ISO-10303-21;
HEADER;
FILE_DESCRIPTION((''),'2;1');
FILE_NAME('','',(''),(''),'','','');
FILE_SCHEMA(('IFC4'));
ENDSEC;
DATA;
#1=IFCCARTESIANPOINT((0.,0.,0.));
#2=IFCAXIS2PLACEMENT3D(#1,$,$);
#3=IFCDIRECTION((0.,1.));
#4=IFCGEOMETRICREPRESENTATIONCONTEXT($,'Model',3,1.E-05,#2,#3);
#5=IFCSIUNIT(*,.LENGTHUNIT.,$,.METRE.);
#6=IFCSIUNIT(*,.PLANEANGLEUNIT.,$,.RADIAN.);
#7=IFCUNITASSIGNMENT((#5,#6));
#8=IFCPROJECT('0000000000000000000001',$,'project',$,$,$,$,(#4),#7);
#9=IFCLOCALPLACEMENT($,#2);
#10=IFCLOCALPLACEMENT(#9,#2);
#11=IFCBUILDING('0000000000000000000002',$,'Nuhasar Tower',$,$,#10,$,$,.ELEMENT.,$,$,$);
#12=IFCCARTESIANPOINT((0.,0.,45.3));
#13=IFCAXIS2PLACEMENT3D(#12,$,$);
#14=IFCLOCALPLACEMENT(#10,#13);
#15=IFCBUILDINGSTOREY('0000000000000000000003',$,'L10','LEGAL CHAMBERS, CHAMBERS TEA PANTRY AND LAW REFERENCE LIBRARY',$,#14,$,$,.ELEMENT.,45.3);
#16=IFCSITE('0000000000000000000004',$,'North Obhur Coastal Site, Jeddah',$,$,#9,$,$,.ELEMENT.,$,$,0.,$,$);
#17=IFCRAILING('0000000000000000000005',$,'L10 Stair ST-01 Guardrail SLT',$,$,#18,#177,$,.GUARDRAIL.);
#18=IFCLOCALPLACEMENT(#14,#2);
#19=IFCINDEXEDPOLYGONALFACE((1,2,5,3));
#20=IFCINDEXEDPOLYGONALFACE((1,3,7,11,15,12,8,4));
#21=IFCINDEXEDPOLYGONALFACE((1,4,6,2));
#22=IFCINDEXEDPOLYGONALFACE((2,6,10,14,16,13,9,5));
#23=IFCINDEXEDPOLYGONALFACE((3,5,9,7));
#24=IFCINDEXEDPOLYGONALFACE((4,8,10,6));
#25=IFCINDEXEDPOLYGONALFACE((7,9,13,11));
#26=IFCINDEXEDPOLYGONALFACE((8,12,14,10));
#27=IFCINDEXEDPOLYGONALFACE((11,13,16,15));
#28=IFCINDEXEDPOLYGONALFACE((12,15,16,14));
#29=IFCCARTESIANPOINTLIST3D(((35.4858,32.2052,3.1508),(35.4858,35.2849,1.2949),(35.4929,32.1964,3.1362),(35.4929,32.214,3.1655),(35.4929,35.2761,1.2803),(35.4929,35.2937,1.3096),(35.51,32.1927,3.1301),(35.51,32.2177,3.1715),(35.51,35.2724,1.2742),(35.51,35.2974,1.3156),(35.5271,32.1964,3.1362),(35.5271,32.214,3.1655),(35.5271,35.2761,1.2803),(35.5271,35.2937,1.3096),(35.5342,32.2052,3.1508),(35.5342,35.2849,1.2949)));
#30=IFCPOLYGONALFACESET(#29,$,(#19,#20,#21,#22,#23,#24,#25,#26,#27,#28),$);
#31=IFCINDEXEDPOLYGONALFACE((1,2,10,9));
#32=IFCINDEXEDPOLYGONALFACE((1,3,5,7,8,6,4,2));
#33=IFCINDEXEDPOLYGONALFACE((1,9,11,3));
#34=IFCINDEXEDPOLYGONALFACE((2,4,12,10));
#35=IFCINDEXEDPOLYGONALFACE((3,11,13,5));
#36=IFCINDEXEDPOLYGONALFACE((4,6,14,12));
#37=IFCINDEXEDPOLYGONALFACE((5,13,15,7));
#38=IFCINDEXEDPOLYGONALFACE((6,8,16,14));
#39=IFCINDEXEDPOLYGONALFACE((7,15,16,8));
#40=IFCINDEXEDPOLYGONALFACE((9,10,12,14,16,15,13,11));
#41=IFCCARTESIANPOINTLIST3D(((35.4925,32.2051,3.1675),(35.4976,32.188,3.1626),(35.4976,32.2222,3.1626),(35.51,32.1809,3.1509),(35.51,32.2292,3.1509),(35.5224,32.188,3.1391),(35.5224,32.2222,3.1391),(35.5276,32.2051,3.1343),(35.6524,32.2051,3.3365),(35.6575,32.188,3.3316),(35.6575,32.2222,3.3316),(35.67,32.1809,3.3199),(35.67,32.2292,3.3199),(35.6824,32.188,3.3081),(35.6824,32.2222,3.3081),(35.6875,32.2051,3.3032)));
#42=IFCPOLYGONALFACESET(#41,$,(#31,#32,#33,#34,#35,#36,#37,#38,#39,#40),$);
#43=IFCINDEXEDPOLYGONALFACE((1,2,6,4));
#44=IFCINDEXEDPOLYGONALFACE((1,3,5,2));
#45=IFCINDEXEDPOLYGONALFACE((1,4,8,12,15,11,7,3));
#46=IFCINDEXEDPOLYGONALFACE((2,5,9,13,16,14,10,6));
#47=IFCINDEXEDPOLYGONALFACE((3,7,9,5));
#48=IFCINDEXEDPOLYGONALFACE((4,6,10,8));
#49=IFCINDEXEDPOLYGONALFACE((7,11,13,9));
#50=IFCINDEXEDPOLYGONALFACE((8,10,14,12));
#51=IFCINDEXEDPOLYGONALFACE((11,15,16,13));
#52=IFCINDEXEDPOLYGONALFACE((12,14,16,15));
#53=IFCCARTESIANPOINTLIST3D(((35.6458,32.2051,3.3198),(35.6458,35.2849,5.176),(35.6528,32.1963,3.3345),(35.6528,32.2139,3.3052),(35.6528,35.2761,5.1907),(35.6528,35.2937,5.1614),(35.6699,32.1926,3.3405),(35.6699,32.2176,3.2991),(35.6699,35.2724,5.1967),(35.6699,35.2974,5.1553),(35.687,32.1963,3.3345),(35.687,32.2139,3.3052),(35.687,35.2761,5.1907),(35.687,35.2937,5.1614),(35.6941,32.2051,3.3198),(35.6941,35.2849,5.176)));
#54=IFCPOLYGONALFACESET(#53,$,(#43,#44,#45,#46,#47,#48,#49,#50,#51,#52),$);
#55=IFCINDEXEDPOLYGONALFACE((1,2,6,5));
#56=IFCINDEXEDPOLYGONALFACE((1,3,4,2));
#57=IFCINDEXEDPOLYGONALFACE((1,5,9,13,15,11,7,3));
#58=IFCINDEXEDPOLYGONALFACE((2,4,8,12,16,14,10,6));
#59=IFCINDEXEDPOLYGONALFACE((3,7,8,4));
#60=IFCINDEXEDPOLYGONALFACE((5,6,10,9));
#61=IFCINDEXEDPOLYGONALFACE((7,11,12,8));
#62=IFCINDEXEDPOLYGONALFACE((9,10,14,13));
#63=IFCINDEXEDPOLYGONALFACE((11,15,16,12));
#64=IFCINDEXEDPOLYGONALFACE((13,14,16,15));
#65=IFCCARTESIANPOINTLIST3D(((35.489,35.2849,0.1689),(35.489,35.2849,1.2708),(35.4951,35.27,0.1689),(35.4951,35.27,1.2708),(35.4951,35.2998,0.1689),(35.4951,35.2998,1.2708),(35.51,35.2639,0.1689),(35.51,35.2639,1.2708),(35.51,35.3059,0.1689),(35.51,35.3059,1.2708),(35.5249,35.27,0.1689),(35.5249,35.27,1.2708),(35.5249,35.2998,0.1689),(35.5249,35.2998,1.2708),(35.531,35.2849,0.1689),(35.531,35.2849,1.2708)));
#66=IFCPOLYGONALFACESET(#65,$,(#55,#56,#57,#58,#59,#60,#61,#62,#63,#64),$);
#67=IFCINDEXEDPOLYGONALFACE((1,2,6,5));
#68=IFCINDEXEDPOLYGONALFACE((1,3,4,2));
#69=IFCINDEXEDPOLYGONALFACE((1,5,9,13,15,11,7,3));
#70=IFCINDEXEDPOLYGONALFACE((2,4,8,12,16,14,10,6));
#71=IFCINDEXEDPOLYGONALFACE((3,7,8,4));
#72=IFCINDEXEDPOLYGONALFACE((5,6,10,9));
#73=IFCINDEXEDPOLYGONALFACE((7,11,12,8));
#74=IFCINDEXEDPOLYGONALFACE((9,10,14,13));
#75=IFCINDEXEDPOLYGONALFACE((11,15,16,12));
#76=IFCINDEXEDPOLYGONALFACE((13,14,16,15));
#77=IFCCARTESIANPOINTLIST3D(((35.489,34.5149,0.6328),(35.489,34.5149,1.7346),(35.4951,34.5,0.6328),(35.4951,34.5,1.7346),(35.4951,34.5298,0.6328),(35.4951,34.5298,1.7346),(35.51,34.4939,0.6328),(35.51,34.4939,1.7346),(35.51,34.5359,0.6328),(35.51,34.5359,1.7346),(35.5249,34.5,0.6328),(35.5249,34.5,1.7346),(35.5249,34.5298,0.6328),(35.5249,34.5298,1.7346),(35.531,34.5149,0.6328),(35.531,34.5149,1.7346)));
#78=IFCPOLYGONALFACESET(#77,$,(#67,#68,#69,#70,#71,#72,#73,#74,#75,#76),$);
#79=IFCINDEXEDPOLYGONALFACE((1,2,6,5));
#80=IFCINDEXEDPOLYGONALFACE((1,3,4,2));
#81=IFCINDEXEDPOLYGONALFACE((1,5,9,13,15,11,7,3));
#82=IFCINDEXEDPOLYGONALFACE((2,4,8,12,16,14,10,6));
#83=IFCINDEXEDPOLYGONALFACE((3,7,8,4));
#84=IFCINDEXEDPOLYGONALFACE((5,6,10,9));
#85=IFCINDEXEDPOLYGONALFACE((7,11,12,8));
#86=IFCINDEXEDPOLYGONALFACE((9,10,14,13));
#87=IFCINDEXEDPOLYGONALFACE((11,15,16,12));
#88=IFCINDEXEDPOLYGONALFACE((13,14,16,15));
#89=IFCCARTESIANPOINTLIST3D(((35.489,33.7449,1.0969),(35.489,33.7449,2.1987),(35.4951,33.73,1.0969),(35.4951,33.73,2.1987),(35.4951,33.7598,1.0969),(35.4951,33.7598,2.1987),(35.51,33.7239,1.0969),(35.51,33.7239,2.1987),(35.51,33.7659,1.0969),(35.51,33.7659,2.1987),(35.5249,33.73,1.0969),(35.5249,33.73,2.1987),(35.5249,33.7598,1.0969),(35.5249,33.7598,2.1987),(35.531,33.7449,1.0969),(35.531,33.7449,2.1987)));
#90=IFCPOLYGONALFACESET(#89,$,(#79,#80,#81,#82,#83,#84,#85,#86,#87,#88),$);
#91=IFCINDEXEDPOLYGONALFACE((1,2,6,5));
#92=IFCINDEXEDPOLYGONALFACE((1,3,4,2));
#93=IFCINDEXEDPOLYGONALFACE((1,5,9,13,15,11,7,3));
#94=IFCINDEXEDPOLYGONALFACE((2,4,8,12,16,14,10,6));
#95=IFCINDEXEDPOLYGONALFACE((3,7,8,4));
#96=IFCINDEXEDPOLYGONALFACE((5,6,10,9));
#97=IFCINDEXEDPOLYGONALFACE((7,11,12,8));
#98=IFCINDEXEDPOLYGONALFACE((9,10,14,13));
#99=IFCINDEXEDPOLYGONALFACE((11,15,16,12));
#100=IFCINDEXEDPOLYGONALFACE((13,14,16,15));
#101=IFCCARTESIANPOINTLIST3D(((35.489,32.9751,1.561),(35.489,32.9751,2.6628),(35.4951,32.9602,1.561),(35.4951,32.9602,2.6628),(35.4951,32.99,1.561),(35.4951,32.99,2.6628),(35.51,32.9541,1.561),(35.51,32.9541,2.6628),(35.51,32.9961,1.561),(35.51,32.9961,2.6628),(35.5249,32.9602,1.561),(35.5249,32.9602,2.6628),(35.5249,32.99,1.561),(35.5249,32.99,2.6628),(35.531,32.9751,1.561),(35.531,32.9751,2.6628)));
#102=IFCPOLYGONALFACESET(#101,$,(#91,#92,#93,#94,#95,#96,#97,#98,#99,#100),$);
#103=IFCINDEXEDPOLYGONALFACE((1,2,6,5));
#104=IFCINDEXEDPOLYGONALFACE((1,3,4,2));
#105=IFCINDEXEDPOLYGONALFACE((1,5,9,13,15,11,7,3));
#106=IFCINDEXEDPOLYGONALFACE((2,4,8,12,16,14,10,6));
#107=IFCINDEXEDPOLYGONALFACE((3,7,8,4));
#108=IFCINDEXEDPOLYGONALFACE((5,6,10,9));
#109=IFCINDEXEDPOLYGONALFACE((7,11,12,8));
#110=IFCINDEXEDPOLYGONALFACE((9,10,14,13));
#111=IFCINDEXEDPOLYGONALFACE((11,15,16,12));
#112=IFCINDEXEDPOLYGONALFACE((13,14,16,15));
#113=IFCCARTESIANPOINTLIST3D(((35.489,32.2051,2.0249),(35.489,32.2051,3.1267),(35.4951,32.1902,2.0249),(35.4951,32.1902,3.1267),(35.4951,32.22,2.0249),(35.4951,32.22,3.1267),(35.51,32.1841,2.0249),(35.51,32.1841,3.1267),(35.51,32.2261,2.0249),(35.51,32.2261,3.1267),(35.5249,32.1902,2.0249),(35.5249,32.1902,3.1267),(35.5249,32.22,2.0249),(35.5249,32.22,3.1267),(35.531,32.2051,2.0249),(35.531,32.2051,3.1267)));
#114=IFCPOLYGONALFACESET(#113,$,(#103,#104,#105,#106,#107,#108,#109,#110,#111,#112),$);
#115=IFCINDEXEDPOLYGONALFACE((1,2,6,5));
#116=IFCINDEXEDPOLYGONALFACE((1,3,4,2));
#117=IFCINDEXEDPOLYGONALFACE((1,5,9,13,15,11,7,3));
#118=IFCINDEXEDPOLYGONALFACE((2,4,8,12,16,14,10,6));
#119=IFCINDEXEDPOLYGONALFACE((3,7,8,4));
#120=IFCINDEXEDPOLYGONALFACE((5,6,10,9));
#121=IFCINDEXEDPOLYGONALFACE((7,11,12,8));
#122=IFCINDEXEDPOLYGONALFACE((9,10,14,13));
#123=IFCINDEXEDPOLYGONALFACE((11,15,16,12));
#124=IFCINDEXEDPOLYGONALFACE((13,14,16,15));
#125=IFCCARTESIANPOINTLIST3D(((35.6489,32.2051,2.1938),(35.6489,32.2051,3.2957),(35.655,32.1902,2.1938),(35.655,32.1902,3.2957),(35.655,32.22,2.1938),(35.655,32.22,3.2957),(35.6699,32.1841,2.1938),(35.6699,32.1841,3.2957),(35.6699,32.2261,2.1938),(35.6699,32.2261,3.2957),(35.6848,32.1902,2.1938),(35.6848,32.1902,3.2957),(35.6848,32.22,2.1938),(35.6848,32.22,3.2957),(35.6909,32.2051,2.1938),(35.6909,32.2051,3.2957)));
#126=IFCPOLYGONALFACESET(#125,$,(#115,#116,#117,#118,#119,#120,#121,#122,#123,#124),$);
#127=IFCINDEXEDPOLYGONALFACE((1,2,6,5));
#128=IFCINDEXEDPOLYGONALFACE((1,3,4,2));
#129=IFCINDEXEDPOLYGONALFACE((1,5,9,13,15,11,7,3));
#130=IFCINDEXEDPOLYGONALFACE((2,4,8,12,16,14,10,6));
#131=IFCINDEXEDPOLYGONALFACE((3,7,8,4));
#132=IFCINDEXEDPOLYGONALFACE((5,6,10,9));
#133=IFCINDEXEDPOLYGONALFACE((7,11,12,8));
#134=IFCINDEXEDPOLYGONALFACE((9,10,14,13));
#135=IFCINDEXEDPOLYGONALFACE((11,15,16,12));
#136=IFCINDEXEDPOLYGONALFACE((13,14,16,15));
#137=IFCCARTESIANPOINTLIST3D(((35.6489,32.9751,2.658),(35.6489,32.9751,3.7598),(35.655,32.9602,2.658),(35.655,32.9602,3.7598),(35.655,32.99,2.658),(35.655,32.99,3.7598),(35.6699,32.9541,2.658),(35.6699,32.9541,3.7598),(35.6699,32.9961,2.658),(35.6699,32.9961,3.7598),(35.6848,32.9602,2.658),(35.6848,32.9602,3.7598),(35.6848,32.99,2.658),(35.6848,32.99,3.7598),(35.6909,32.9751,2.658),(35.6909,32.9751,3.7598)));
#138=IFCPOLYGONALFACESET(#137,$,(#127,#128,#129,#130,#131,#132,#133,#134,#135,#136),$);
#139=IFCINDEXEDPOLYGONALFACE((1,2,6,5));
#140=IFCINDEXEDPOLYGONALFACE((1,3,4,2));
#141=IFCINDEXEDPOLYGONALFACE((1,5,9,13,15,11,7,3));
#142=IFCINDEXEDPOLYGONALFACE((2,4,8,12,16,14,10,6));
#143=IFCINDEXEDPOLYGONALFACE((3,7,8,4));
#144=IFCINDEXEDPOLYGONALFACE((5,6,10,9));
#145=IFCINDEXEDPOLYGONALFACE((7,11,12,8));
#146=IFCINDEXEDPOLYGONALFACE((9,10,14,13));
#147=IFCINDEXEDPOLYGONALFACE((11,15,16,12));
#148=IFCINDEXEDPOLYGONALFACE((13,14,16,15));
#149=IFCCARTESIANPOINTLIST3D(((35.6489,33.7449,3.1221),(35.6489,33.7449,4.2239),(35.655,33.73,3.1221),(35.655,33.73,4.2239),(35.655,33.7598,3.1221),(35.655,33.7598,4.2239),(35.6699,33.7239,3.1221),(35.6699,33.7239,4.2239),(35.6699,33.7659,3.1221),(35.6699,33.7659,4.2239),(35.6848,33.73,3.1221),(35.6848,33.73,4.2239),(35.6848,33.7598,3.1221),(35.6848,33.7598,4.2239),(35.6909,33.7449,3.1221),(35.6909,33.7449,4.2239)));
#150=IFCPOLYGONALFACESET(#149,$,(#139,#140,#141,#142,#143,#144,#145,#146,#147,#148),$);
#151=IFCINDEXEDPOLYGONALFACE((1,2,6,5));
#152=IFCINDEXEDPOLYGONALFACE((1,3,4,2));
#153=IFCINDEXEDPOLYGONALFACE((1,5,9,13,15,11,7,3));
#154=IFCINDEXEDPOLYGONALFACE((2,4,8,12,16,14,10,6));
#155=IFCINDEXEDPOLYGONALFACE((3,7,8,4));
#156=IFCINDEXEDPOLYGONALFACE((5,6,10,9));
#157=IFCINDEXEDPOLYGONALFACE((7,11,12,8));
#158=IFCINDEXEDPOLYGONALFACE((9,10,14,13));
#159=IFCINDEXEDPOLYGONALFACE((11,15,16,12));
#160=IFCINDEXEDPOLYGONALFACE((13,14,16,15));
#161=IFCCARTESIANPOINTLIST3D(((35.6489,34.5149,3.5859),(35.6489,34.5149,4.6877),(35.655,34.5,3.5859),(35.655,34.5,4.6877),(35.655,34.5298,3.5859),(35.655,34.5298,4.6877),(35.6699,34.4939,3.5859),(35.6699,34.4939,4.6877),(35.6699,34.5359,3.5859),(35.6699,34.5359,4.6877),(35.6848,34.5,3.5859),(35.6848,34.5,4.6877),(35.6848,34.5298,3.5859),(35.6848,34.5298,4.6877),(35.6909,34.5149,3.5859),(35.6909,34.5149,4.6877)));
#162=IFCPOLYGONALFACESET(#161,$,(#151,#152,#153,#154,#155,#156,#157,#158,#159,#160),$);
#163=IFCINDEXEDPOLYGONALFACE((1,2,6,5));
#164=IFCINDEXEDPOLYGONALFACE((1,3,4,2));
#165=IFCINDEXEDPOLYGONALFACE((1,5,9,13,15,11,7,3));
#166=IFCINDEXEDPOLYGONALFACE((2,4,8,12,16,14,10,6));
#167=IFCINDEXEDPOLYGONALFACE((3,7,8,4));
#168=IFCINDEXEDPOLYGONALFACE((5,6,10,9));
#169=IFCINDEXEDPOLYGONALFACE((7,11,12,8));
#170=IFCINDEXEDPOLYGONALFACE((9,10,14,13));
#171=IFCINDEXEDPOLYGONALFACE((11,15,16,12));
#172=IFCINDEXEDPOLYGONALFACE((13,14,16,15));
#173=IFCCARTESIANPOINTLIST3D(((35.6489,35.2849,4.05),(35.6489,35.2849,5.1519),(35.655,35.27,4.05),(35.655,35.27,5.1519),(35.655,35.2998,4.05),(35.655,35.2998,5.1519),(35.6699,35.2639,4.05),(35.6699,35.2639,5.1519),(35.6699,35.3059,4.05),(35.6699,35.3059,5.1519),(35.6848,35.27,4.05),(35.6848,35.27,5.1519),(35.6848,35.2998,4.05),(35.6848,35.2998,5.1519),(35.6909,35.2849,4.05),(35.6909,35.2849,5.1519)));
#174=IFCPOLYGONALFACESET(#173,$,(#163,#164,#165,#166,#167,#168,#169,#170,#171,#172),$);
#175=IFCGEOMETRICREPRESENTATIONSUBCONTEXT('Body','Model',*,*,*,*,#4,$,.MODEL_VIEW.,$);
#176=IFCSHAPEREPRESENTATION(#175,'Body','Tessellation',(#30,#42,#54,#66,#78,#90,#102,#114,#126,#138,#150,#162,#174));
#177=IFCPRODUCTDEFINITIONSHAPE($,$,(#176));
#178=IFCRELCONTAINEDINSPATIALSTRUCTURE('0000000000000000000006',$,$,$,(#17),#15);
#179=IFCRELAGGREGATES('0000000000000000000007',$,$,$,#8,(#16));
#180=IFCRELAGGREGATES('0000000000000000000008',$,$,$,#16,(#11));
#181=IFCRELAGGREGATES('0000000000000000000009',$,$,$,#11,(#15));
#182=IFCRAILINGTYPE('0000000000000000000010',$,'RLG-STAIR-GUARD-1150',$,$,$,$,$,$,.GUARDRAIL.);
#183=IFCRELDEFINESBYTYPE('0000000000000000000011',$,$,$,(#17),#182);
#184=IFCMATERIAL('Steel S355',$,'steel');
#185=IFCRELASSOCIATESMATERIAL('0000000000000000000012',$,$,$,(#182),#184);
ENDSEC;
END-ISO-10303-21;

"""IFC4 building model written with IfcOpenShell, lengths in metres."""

from ifc_helpers import new_model, si_unit, direction, frame, origin, place, context, subcontext, project, spatial, polyline, outline, extrude, material, type_object, element, save


model = new_model("IFC4")

# Units and contexts
model_context = context("Model", 3, precision=1e-05, world=origin(), true_north=direction((0.0, 1.0)))
body_context = subcontext(model_context, "Body", "Model", "MODEL_VIEW")
ifc_project = project(units=[si_unit("LENGTHUNIT", "METRE"), si_unit("PLANEANGLEUNIT", "RADIAN")], contexts=[model_context])

# Site, building, storey
site_placement = place(None, origin())
site = spatial("IfcSite", under=ifc_project, at=site_placement, Name="North Obhur Coastal Site, Jeddah", CompositionType="ELEMENT", RefElevation=0.0)
building_placement = place(site_placement, origin())
building = spatial("IfcBuilding", under=site, at=building_placement, Name="Nuhasar Tower", CompositionType="ELEMENT")
storey_placement = place(building_placement, frame((0.0, 0.0, 45.3)))
storey = spatial("IfcBuildingStorey", under=building, at=storey_placement, Name="L10", Description="LEGAL CHAMBERS, CHAMBERS TEA PANTRY AND LAW REFERENCE LIBRARY", CompositionType="ELEMENT", Elevation=45.3)

# Shared definitions
ifc_material_1 = material(Name="Steel S355", Category="steel")

# Railing
railing_type_1 = type_object("IfcRailingType", Name="RLG-STAIR-GUARD-1150", PredefinedType="GUARDRAIL", material=ifc_material_1)
railing_1_placement = place(storey_placement, frame((35.51, 35.2849, 0.1689)))
element("IfcRailing", 1, at=railing_1_placement, inside=storey, type_object=railing_type_1, Name="L10 Stair ST-01 Guardrail SLT", PredefinedType="GUARDRAIL", context=body_context, shape_type="SweptSolid", body=[
    extrude(outline(polyline([(0.0242, 0.0), (0.0171, 0.0171), (0.0, 0.0242), (-0.0171, 0.0171), (-0.0242, 0.0), (-0.0171, -0.0171), (0.0, -0.0242), (0.0171, -0.0171), (0.0242, 0.0)])), frame((0.0, 0.0, 1.126), z_axis=(0.0, -0.856503, 0.516142), x_axis=(1.0, 0.0, 0.0)), (0.0, 0.0, 1.0), 3.5957),
    extrude(outline(polyline([(0.0242, 0.0), (0.0171, 0.0171), (0.0, 0.0242), (-0.0171, 0.0171), (-0.0242, 0.0), (-0.0171, -0.0171), (0.0, -0.0242), (0.0171, -0.0171), (0.0242, 0.0)])), frame((0.0, -3.0798, 2.9819), z_axis=(0.687424, 0.0, 0.726256), x_axis=(0.0, 1.0, 0.0)), (0.0, 0.0, 1.0), 0.2327),
    extrude(outline(polyline([(0.0242, 0.0), (0.0171, 0.0171), (0.0, 0.0242), (-0.0171, 0.0171), (-0.0242, 0.0), (-0.0171, -0.0171), (0.0, -0.0242), (0.0171, -0.0171), (0.0242, 0.0)])), frame((0.1599, -3.0798, 3.1509), z_axis=(0.0, 0.856473, 0.516192), x_axis=(-1.0, 0.0, 0.0)), (0.0, 0.0, 1.0), 3.5959),
    extrude(outline(polyline([(0.021, 0.0), (0.0149, 0.0149), (0.0, 0.021), (-0.0149, 0.0149), (-0.021, 0.0), (-0.0149, -0.0149), (0.0, -0.021), (0.0149, -0.0149), (0.021, 0.0)])), origin(), (0.0, 0.0, 1.0), 1.1018),
    extrude(outline(polyline([(0.021, 0.0), (0.0149, 0.0149), (0.0, 0.021), (-0.0149, 0.0149), (-0.021, 0.0), (-0.0149, -0.0149), (0.0, -0.021), (0.0149, -0.0149), (0.021, 0.0)])), frame((0.0, -0.77, 0.4639)), (0.0, 0.0, 1.0), 1.1018),
    extrude(outline(polyline([(0.021, 0.0), (0.0149, 0.0149), (0.0, 0.021), (-0.0149, 0.0149), (-0.021, 0.0), (-0.0149, -0.0149), (0.0, -0.021), (0.0149, -0.0149), (0.021, 0.0)])), frame((0.0, -1.54, 0.928)), (0.0, 0.0, 1.0), 1.1018),
    extrude(outline(polyline([(0.021, 0.0), (0.0149, 0.0149), (0.0, 0.021), (-0.0149, 0.0149), (-0.021, 0.0), (-0.0149, -0.0149), (0.0, -0.021), (0.0149, -0.0149), (0.021, 0.0)])), frame((0.0, -2.3098, 1.3921)), (0.0, 0.0, 1.0), 1.1018),
    extrude(outline(polyline([(0.021, 0.0), (0.0149, 0.0149), (0.0, 0.021), (-0.0149, 0.0149), (-0.021, 0.0), (-0.0149, -0.0149), (0.0, -0.021), (0.0149, -0.0149), (0.021, 0.0)])), frame((0.0, -3.0798, 1.856)), (0.0, 0.0, 1.0), 1.1018),
    extrude(outline(polyline([(0.021, 0.0), (0.0149, 0.0149), (0.0, 0.021), (-0.0149, 0.0149), (-0.021, 0.0), (-0.0149, -0.0149), (0.0, -0.021), (0.0149, -0.0149), (0.021, 0.0)])), frame((0.1599, -3.0798, 2.0249)), (0.0, 0.0, 1.0), 1.1018),
    extrude(outline(polyline([(0.021, 0.0), (0.0149, 0.0149), (0.0, 0.021), (-0.0149, 0.0149), (-0.021, 0.0), (-0.0149, -0.0149), (0.0, -0.021), (0.0149, -0.0149), (0.021, 0.0)])), frame((0.1599, -2.3098, 2.489)), (0.0, 0.0, 1.0), 1.1018),
    extrude(outline(polyline([(0.021, 0.0), (0.0149, 0.0149), (0.0, 0.021), (-0.0149, 0.0149), (-0.021, 0.0), (-0.0149, -0.0149), (0.0, -0.021), (0.0149, -0.0149), (0.021, 0.0)])), frame((0.1599, -1.54, 2.9531)), (0.0, 0.0, 1.0), 1.1018),
    extrude(outline(polyline([(0.021, 0.0), (0.0149, 0.0149), (0.0, 0.021), (-0.0149, 0.0149), (-0.021, 0.0), (-0.0149, -0.0149), (0.0, -0.021), (0.0149, -0.0149), (0.021, 0.0)])), frame((0.1599, -0.77, 3.417)), (0.0, 0.0, 1.0), 1.1018),
    extrude(outline(polyline([(0.021, 0.0), (0.0149, 0.0149), (0.0, 0.021), (-0.0149, 0.0149), (-0.021, 0.0), (-0.0149, -0.0149), (0.0, -0.021), (0.0149, -0.0149), (0.021, 0.0)])), frame((0.1599, 0.0, 3.8811)), (0.0, 0.0, 1.0), 1.1018),
])

save(model, "model.ifc")
